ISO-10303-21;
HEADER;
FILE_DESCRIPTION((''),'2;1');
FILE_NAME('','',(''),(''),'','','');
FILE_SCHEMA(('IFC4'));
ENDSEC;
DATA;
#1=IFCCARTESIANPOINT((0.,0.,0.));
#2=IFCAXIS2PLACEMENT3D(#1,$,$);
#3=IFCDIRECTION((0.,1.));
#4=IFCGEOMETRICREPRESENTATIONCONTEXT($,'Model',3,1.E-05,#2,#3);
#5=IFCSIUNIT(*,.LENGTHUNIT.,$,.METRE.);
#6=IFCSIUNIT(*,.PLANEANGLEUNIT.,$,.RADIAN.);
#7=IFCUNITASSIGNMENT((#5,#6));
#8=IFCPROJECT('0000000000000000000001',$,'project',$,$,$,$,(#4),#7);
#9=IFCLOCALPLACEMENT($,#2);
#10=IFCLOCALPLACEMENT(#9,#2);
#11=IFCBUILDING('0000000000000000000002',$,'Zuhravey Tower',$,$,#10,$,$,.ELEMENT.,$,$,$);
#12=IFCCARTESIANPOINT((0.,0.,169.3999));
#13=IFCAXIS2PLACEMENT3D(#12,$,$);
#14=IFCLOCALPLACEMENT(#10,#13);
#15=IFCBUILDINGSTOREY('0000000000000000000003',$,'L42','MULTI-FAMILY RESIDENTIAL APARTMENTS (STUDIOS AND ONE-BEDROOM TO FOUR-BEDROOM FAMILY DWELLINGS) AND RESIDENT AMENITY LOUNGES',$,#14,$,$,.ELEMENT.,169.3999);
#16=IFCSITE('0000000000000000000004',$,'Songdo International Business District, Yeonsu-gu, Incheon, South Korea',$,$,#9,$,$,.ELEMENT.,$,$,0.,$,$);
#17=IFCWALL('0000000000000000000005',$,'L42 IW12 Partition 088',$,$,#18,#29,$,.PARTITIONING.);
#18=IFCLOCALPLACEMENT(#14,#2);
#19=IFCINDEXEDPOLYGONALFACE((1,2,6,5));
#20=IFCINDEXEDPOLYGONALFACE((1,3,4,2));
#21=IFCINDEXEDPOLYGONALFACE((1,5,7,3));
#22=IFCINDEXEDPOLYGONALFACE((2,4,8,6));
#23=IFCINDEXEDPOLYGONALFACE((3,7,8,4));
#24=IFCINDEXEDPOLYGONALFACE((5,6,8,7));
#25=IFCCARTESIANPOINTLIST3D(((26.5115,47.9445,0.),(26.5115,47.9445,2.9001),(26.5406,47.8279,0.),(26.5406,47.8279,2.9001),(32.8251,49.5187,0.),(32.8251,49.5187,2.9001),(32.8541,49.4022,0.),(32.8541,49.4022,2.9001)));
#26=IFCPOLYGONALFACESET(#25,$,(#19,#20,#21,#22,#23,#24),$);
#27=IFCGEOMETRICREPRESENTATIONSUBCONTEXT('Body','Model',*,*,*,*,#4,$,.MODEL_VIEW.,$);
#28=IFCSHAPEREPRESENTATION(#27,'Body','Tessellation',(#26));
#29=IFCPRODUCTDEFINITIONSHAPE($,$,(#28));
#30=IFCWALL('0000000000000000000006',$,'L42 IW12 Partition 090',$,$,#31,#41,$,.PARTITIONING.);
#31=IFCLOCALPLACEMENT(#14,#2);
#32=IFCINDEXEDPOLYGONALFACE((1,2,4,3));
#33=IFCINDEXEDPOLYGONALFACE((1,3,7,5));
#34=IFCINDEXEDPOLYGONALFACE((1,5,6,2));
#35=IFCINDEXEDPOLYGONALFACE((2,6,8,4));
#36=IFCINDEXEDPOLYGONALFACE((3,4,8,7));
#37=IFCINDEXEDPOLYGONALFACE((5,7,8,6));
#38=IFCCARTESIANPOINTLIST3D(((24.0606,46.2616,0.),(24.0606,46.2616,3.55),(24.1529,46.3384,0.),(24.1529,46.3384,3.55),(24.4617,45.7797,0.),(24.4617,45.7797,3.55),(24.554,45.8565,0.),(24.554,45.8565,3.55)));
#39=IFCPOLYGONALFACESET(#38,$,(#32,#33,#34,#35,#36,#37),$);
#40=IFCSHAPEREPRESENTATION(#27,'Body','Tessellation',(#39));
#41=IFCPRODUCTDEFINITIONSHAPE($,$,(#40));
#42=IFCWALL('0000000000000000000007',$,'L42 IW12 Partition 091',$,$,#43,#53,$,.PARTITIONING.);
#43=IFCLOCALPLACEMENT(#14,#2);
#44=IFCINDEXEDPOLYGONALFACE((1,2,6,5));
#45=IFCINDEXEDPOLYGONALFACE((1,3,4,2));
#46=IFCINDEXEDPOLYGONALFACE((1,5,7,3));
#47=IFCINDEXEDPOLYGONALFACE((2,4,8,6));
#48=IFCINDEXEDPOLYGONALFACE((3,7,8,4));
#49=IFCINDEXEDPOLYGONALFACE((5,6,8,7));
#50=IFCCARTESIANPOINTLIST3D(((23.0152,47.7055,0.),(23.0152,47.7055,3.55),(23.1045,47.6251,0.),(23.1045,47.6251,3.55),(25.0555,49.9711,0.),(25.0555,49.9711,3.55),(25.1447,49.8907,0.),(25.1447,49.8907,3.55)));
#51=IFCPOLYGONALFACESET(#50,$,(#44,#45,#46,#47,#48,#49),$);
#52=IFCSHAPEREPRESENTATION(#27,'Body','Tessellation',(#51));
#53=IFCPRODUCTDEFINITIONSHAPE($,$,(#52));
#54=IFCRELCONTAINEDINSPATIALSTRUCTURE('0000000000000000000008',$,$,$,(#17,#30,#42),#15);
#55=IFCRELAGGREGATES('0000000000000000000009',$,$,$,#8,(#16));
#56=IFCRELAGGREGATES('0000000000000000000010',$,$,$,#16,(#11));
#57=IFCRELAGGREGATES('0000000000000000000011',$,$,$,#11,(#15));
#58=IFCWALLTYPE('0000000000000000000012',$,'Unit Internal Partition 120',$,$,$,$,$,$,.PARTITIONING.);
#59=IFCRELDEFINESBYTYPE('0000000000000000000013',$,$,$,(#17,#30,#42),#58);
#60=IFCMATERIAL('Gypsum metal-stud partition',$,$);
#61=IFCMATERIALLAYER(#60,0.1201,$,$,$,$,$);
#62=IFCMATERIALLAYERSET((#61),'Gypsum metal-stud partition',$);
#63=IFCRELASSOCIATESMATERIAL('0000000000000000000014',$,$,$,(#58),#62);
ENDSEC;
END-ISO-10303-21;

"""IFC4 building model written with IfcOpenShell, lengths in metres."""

from ifc_helpers import new_model, si_unit, direction, frame, frame_2d, origin, place, context, subcontext, project, spatial, rectangle, extrude, material, layer, layer_set, type_object, element, save


model = new_model("IFC4")

# Units and contexts
model_context = context("Model", 3, precision=1e-05, world=origin(), true_north=direction((0.0, 1.0)))
body_context = subcontext(model_context, "Body", "Model", "MODEL_VIEW")
ifc_project = project(units=[si_unit("LENGTHUNIT", "METRE"), si_unit("PLANEANGLEUNIT", "RADIAN")], contexts=[model_context])

# Site, building, storey
site_placement = place(None, origin())
site = spatial("IfcSite", under=ifc_project, at=site_placement, Name="Songdo International Business District, Yeonsu-gu, Incheon, South Korea", CompositionType="ELEMENT", RefElevation=0.0)
building_placement = place(site_placement, origin())
building = spatial("IfcBuilding", under=site, at=building_placement, Name="Zuhravey Tower", CompositionType="ELEMENT")
storey_placement = place(building_placement, frame((0.0, 0.0, 169.3999)))
storey = spatial("IfcBuildingStorey", under=building, at=storey_placement, Name="L42", Description="MULTI-FAMILY RESIDENTIAL APARTMENTS (STUDIOS AND ONE-BEDROOM TO FOUR-BEDROOM FAMILY DWELLINGS) AND RESIDENT AMENITY LOUNGES", CompositionType="ELEMENT", Elevation=169.3999)

# Shared definitions
ifc_material_1 = material(Name="Gypsum metal-stud partition")
ifc_layer_1 = layer(ifc_material_1, 0.1201)
ifc_layer_set_1 = layer_set([ifc_layer_1], Name="Gypsum metal-stud partition")
wall_type_1 = type_object("IfcWallType", Name="Unit Internal Partition 120", PredefinedType="PARTITIONING", material=ifc_layer_set_1)

# Walls
wall_1_placement = place(storey_placement, frame((32.8396, 49.4604, 0.0), z_axis=(0.0, 0.0, 1.0), x_axis=(-0.970292, -0.241935, 0.0)))
element("IfcWall", 1, at=wall_1_placement, inside=storey, type_object=wall_type_1, Name="L42 IW12 Partition 088", PredefinedType="PARTITIONING", context=body_context, shape_type="SweptSolid", body=[
    extrude(rectangle(XDim=6.5068, YDim=0.1201, at=frame_2d((3.2534, 0.0))), origin(), (0.0, 0.0, 1.0), 2.9001),
])
wall_2_placement = place(storey_placement, frame((24.5078, 45.8181, 0.0), z_axis=(0.0, 0.0, 1.0), x_axis=(-0.639725, 0.768604, 0.0)))
element("IfcWall", 2, at=wall_2_placement, inside=storey, type_object=wall_type_1, Name="L42 IW12 Partition 090", PredefinedType="PARTITIONING", context=body_context, shape_type="SweptSolid", body=[
    extrude(rectangle(XDim=0.627, YDim=0.1201, at=frame_2d((0.3135, 0.0))), origin(), (0.0, 0.0, 1.0), 3.55),
])
wall_3_placement = place(storey_placement, frame((25.1001, 49.9309, 0.0), z_axis=(0.0, 0.0, 1.0), x_axis=(-0.669186, -0.743095, 0.0)))
element("IfcWall", 3, at=wall_3_placement, inside=storey, type_object=wall_type_1, Name="L42 IW12 Partition 091", PredefinedType="PARTITIONING", context=body_context, shape_type="SweptSolid", body=[
    extrude(rectangle(XDim=3.0488, YDim=0.1201, at=frame_2d((1.5244, 0.0))), origin(), (0.0, 0.0, 1.0), 3.55),
])

save(model, "model.ifc")
